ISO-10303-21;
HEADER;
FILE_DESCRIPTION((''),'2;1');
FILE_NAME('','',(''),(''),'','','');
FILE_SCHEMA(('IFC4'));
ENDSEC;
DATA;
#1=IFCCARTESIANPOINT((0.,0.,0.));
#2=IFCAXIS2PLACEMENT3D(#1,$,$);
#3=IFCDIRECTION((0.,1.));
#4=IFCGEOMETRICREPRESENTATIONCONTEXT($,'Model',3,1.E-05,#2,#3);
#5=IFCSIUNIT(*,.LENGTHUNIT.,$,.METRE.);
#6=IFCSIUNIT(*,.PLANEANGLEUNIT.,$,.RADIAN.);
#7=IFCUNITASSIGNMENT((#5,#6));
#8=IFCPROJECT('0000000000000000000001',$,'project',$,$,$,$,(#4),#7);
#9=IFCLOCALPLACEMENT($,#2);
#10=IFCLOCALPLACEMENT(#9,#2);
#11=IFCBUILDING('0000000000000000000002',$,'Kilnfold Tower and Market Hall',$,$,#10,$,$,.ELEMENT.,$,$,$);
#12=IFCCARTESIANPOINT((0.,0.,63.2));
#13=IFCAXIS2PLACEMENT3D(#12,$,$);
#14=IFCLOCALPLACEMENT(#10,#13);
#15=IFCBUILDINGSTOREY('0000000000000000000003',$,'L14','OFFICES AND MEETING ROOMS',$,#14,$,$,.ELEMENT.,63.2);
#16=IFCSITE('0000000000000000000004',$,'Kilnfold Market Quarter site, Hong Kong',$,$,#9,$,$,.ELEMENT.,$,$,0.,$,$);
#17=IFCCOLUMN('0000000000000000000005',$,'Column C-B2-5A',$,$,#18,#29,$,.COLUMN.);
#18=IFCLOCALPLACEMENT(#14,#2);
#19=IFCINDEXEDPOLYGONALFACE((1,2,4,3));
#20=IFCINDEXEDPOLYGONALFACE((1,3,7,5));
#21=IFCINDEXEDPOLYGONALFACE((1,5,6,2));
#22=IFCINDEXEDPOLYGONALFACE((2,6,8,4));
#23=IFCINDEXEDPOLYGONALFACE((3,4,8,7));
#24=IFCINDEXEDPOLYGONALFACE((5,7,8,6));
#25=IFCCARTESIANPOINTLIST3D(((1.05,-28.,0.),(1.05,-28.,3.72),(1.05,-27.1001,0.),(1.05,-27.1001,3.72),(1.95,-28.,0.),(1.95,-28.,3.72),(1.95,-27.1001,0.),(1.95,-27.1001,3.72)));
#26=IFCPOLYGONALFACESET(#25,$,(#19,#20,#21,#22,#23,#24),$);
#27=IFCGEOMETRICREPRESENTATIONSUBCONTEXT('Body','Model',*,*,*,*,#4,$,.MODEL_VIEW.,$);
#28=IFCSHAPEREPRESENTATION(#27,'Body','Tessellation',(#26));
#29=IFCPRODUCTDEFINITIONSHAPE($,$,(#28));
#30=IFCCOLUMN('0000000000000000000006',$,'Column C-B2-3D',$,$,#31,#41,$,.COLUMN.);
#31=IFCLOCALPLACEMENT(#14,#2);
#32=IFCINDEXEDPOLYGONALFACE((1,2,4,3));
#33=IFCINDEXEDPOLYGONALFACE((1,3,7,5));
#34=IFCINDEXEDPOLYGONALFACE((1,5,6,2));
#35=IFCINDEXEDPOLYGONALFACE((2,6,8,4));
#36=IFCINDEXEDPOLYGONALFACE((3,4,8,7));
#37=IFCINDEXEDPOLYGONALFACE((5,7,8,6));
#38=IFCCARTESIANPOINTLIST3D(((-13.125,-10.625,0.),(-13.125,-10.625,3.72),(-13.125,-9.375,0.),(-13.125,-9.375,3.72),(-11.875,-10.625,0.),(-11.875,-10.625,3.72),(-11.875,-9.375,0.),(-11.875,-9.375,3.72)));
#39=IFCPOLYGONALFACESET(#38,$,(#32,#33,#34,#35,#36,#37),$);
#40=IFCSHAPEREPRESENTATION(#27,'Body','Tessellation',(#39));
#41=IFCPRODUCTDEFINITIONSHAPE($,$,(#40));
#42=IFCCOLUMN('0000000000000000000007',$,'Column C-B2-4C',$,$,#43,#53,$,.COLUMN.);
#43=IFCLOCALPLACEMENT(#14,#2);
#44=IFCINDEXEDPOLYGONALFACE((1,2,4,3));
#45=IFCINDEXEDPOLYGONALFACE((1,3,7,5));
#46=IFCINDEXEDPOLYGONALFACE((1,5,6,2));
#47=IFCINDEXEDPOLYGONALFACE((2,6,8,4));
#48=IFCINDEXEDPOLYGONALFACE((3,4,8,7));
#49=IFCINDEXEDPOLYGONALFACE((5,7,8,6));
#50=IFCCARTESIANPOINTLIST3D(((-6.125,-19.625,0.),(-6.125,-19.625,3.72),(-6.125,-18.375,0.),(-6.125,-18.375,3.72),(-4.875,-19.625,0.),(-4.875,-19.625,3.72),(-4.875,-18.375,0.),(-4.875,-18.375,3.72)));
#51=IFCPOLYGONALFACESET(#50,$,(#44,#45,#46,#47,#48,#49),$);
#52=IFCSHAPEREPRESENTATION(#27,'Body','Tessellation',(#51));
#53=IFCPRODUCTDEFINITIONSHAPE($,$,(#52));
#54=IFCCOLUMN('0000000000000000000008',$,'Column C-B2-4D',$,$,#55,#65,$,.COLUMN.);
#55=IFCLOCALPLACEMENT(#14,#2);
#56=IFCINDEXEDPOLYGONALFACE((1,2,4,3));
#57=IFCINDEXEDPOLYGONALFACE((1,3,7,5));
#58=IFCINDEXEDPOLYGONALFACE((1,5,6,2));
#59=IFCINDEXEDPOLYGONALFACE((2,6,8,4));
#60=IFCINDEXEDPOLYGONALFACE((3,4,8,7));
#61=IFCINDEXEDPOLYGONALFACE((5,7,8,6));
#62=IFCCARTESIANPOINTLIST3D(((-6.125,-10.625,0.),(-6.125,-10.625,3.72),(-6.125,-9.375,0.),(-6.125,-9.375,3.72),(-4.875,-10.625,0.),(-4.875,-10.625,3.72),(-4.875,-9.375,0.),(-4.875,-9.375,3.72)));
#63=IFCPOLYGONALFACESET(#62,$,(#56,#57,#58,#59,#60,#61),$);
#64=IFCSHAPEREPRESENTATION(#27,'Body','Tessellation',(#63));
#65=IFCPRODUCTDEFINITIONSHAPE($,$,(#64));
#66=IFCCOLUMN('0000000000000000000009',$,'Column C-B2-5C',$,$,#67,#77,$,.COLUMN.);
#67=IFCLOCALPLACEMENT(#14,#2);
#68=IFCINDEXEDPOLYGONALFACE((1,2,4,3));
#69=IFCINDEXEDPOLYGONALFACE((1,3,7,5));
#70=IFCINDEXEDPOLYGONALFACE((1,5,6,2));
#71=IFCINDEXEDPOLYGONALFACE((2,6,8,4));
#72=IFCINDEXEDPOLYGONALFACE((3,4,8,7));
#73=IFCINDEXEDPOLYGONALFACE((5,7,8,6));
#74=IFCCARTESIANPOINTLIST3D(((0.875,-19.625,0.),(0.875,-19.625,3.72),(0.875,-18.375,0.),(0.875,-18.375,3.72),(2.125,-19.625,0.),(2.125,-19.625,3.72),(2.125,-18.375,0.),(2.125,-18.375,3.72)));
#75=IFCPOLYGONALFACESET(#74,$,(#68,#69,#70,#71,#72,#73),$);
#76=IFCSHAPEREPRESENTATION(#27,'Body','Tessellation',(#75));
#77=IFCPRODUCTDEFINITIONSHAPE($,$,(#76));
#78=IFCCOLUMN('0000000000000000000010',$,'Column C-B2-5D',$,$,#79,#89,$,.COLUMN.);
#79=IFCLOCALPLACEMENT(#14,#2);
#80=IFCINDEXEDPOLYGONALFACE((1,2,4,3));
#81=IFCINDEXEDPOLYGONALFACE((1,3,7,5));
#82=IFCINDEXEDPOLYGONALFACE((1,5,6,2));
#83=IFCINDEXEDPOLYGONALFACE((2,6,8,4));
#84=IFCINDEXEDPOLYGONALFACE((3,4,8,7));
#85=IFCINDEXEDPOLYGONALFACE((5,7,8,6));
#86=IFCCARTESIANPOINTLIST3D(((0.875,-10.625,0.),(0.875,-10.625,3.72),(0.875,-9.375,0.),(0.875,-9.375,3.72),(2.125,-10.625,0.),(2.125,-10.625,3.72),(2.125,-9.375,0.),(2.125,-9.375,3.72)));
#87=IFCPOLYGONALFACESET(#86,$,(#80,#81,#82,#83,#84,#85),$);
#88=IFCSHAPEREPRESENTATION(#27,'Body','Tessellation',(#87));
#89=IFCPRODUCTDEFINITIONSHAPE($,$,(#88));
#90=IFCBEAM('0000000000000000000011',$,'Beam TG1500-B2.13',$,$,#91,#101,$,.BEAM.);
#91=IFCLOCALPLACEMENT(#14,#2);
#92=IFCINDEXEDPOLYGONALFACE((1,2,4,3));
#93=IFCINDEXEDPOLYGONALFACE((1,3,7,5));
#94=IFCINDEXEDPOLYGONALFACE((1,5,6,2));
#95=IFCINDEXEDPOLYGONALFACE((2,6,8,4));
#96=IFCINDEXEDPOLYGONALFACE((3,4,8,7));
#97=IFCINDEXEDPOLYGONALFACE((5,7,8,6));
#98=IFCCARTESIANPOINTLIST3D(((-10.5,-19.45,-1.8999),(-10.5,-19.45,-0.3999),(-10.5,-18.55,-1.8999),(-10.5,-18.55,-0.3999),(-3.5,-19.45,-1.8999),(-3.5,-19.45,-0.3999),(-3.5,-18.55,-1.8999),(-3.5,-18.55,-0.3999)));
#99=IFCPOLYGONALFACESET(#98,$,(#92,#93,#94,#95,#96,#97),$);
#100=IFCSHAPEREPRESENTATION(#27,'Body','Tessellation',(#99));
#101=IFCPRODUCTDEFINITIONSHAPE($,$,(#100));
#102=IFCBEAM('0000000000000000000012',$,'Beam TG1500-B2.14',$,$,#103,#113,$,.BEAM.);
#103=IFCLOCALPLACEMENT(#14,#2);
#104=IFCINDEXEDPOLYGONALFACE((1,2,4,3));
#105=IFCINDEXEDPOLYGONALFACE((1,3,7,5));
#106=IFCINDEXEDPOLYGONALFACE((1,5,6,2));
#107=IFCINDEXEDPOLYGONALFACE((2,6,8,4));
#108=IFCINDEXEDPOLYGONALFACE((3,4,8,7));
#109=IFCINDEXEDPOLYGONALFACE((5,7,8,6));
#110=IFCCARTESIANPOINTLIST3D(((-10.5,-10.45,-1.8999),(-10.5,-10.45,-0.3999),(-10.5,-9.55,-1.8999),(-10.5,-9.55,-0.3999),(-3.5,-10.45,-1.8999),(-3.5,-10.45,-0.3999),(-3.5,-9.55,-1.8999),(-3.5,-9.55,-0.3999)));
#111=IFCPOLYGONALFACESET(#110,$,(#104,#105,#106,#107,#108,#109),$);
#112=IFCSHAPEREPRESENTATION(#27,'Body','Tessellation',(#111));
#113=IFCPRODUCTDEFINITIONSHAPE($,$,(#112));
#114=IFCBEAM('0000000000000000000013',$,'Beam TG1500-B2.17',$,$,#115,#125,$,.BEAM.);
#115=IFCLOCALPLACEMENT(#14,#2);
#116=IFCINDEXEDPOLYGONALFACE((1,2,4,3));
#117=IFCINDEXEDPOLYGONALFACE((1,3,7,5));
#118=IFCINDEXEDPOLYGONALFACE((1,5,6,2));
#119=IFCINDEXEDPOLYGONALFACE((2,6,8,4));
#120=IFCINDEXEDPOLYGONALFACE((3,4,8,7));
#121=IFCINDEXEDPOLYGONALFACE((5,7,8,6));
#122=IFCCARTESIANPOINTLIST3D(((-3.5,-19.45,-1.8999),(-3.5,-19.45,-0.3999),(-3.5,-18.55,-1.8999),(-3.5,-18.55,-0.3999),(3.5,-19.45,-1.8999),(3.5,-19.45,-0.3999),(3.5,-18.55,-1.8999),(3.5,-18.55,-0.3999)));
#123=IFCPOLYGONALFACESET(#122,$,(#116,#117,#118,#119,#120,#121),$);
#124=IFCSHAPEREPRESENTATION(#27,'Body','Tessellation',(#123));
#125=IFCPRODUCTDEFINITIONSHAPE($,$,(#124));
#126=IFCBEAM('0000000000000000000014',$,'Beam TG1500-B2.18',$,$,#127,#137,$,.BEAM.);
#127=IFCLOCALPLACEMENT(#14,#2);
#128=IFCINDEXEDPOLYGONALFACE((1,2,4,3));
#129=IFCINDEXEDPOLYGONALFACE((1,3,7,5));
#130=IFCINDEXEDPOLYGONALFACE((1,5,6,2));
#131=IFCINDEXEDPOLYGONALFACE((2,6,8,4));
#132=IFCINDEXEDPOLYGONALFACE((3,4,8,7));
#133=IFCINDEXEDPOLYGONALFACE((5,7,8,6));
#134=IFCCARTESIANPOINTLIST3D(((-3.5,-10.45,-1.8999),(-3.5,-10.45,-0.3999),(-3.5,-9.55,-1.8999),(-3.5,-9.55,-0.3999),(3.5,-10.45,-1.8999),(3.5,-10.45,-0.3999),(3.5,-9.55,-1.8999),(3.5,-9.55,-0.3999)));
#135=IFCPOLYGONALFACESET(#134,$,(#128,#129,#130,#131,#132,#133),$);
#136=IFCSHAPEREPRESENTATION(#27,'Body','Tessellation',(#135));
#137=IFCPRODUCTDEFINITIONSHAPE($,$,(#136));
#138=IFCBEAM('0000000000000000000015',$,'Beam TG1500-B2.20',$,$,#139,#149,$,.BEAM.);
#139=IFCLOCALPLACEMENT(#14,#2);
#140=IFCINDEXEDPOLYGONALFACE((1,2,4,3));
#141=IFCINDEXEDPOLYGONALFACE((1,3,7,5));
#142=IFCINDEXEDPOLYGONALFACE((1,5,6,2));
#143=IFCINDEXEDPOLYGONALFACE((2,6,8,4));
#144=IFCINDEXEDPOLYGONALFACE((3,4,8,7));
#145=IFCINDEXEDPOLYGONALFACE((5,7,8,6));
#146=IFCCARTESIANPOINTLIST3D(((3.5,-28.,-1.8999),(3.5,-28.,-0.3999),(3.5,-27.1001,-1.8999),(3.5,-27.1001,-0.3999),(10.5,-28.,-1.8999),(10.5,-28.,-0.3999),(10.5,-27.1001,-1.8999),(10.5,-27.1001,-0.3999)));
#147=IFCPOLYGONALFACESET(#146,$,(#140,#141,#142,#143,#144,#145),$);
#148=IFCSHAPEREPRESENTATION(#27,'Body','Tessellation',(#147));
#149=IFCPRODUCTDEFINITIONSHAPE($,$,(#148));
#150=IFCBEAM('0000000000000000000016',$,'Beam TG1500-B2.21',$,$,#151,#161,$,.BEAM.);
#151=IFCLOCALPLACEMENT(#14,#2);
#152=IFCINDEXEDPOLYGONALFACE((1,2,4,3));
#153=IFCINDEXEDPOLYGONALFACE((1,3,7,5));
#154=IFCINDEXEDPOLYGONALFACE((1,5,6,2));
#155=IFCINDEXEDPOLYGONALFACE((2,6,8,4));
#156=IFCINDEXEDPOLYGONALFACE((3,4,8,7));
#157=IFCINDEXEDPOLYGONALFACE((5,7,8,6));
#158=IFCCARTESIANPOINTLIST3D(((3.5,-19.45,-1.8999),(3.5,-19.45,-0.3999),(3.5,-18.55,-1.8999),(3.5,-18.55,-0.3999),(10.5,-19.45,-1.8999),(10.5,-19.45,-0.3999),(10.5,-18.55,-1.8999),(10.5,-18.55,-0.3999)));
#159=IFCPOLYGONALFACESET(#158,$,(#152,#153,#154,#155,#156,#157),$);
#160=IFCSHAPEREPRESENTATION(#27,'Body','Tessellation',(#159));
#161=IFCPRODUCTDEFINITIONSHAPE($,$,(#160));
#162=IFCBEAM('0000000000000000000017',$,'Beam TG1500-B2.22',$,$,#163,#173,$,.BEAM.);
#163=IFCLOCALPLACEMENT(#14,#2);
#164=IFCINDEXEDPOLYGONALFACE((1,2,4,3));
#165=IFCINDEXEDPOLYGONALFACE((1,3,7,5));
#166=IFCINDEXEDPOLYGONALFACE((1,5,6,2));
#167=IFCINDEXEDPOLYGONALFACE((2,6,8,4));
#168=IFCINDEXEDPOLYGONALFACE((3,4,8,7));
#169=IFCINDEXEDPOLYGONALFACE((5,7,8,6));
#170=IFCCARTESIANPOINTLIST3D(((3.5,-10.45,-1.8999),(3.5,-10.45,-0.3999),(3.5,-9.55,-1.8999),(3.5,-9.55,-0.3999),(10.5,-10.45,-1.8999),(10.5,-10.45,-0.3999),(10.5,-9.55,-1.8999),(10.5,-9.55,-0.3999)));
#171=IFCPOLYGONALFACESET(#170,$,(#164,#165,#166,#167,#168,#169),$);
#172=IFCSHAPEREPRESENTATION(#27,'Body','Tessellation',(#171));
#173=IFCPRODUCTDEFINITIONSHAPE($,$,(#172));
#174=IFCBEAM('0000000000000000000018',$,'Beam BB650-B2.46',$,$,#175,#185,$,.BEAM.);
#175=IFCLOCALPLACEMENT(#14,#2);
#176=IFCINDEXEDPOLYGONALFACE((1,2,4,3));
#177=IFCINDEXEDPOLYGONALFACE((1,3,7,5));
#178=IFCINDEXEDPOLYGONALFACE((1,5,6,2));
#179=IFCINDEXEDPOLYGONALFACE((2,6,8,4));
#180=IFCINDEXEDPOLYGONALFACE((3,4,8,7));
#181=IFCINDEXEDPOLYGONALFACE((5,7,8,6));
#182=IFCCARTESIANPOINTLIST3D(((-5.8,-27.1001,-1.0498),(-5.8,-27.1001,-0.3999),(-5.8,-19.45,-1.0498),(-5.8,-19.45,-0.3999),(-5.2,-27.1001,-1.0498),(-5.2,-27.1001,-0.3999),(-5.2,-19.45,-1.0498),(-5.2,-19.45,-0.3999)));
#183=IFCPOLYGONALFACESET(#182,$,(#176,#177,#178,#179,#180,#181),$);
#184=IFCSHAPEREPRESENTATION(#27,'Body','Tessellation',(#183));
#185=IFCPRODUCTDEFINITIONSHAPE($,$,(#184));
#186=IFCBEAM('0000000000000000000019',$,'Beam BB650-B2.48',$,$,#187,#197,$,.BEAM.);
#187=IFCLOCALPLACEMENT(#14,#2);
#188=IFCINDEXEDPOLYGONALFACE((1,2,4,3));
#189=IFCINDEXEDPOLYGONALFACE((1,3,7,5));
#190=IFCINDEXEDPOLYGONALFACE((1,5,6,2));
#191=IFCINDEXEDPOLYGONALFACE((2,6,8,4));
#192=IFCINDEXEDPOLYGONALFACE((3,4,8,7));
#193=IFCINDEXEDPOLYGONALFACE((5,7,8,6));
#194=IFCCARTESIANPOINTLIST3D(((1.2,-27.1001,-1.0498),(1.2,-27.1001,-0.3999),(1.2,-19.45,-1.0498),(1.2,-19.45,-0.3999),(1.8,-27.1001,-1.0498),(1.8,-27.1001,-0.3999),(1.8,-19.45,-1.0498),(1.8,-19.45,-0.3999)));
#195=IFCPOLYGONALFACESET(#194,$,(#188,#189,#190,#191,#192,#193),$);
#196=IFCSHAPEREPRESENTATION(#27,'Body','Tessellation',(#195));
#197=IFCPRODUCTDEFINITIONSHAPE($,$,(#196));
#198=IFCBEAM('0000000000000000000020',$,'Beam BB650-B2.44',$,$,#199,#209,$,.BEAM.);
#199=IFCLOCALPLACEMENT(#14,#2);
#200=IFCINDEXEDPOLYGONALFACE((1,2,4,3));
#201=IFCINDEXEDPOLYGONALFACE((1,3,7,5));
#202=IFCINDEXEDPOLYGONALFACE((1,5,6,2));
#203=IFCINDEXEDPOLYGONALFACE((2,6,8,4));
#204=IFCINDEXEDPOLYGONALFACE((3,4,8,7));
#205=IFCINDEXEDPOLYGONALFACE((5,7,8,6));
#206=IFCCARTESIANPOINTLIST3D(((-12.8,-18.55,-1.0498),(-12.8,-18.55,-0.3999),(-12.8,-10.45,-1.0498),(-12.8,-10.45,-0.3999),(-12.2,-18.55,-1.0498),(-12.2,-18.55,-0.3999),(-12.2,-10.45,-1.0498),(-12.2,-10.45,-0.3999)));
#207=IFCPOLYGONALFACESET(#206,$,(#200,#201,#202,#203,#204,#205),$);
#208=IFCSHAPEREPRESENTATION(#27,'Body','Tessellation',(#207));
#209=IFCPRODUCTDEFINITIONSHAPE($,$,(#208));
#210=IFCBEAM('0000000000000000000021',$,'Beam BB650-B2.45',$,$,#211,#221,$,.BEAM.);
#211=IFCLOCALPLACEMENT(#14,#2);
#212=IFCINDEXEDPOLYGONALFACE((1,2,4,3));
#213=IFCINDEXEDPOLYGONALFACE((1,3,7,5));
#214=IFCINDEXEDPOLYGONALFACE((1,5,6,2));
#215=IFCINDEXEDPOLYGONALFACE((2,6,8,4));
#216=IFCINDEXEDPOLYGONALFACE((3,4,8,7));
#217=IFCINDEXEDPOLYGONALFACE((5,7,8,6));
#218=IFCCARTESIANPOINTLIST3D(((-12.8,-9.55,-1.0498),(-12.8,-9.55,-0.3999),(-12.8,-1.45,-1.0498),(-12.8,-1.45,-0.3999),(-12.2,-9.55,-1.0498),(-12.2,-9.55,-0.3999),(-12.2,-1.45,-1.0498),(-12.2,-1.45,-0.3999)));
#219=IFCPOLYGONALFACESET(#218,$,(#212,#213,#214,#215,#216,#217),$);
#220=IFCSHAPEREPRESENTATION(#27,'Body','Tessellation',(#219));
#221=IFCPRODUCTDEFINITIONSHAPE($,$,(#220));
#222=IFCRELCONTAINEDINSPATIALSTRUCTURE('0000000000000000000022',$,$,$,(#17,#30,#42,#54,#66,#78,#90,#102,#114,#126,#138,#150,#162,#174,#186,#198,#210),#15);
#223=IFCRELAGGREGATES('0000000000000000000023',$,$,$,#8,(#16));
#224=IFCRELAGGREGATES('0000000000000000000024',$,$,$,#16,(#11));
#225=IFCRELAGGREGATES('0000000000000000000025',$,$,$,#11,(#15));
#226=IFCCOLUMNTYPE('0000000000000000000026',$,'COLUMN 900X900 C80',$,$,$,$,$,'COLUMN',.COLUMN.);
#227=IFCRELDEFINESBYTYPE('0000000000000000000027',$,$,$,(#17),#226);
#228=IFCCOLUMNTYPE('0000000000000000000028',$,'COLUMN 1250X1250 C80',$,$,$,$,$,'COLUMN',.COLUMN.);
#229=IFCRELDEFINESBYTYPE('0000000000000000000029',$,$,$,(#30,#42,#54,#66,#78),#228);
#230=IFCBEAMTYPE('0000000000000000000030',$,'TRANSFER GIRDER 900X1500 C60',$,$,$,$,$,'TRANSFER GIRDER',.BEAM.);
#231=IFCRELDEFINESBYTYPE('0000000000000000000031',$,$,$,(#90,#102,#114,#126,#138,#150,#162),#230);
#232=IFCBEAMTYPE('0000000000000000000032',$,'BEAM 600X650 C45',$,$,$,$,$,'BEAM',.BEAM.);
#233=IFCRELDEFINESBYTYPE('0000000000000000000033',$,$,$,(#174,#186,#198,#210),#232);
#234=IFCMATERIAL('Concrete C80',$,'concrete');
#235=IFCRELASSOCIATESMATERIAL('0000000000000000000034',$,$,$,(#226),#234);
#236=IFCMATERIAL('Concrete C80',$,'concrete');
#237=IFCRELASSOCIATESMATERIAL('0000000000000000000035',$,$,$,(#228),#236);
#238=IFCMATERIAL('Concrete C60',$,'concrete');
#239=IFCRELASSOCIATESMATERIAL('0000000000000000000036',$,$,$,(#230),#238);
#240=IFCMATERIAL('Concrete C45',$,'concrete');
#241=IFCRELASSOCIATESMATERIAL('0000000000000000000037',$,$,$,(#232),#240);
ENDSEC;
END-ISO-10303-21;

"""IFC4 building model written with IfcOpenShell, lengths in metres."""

from ifc_helpers import new_model, si_unit, direction, frame, origin, origin_2d, place, context, subcontext, project, spatial, rectangle, extrude, source, transform, mapped, material, material_profile, profile_set, type_object, element, save


model = new_model("IFC4")

# Units and contexts
model_context = context("Model", 3, precision=1e-05, world=origin(), true_north=direction((0.0, 1.0)))
body_context = subcontext(model_context, "Body", "Model", "MODEL_VIEW")
ifc_project = project(units=[si_unit("LENGTHUNIT", "METRE"), si_unit("PLANEANGLEUNIT", "RADIAN")], contexts=[model_context])

# Site, building, storey
site_placement = place(None, origin())
site = spatial("IfcSite", under=ifc_project, at=site_placement, Name="Kilnfold Market Quarter site, Hong Kong", CompositionType="ELEMENT", RefElevation=0.0)
building_placement = place(site_placement, origin())
building = spatial("IfcBuilding", under=site, at=building_placement, Name="Kilnfold Tower and Market Hall", CompositionType="ELEMENT")
storey_placement = place(building_placement, frame((0.0, 0.0, 63.2)))
storey = spatial("IfcBuildingStorey", under=building, at=storey_placement, Name="L14", Description="OFFICES AND MEETING ROOMS", CompositionType="ELEMENT", Elevation=63.2)

# Columns
ifc_material_1 = material(Name="Concrete C80", Category="concrete")
ifc_material_profile_1 = material_profile(ifc_material_1, rectangle(XDim=0.8999, YDim=0.8999, at=origin_2d()), Name="RC 900x900")
ifc_profile_set_1 = profile_set([ifc_material_profile_1], Name="Concrete C80")
column_type_1 = type_object("IfcColumnType", Name="COLUMN 900X900 C80", ElementType="COLUMN", PredefinedType="COLUMN", material=ifc_profile_set_1)
shared_shape_1 = source(origin(), body_context, "Body", "SweptSolid", [
    extrude(rectangle(XDim=0.8999, YDim=0.8999, at=origin_2d()), origin(), (0.0, 0.0, 1.0), 3.72),
])
column_placement = place(storey_placement, frame((1.5, -27.55, 0.0), z_axis=(0.0, 0.0, 1.0), x_axis=(1.0, 0.0, 0.0)))
element("IfcColumn", 1, at=column_placement, inside=storey, type_object=column_type_1, Name="Column C-B2-5A", PredefinedType="COLUMN", context=body_context, shape_type="MappedRepresentation", body=[
    mapped(shared_shape_1, transform((0.0, 0.0, 0.0))),
])
ifc_material_2 = material(Name="Concrete C80", Category="concrete")
ifc_material_profile_2 = material_profile(ifc_material_2, rectangle(XDim=1.25, YDim=1.25, at=origin_2d()), Name="RC 1250x1250")
ifc_profile_set_2 = profile_set([ifc_material_profile_2], Name="Concrete C80")
column_type_2 = type_object("IfcColumnType", Name="COLUMN 1250X1250 C80", ElementType="COLUMN", PredefinedType="COLUMN", material=ifc_profile_set_2)
shared_shape_2 = source(origin(), body_context, "Body", "SweptSolid", [
    extrude(rectangle(XDim=1.25, YDim=1.25, at=origin_2d()), origin(), (0.0, 0.0, 1.0), 3.72),
])
for number, where, z_axis, x_axis, name in (
    (2, (-12.5, -10.0, 0.0), (0.0, 0.0, 1.0), (1.0, 0.0, 0.0), "Column C-B2-3D"),
    (3, (-5.5, -19.0, 0.0), (0.0, 0.0, 1.0), (1.0, 0.0, 0.0), "Column C-B2-4C"),
    (4, (-5.5, -10.0, 0.0), (0.0, 0.0, 1.0), (1.0, 0.0, 0.0), "Column C-B2-4D"),
    (5, (1.5, -19.0, 0.0), (0.0, 0.0, 1.0), (1.0, 0.0, 0.0), "Column C-B2-5C"),
    (6, (1.5, -10.0, 0.0), (0.0, 0.0, 1.0), (1.0, 0.0, 0.0), "Column C-B2-5D"),
):
    element("IfcColumn", number, at=place(storey_placement, frame(where, z_axis=z_axis, x_axis=x_axis)), inside=storey, type_object=column_type_2, Name=name, PredefinedType="COLUMN", context=body_context, shape_type="MappedRepresentation", body=[
        mapped(shared_shape_2, transform((0.0, 0.0, 0.0))),
    ])

# Beams
ifc_material_3 = material(Name="Concrete C60", Category="concrete")
ifc_material_profile_3 = material_profile(ifc_material_3, rectangle(XDim=0.8999, YDim=1.5, at=origin_2d()), Name="RC 900x1500")
ifc_profile_set_3 = profile_set([ifc_material_profile_3], Name="Concrete C60")
beam_type_1 = type_object("IfcBeamType", Name="TRANSFER GIRDER 900X1500 C60", ElementType="TRANSFER GIRDER", PredefinedType="BEAM", material=ifc_profile_set_3)
shared_shape_3 = source(origin(), body_context, "Body", "SweptSolid", [
    extrude(rectangle(XDim=0.8999, YDim=1.5, at=origin_2d()), origin(), (0.0, 0.0, 1.0), 7.0),
])
for number, where, z_axis, x_axis, name in (
    (7, (-10.5, -19.0, -1.1499), (1.0, 0.0, 0.0), (0.0, 1.0, 0.0), "Beam TG1500-B2.13"),
    (8, (-10.5, -10.0, -1.1499), (1.0, 0.0, 0.0), (0.0, 1.0, 0.0), "Beam TG1500-B2.14"),
    (9, (-3.5, -19.0, -1.1499), (1.0, 0.0, 0.0), (0.0, 1.0, 0.0), "Beam TG1500-B2.17"),
    (10, (-3.5, -10.0, -1.1499), (1.0, 0.0, 0.0), (0.0, 1.0, 0.0), "Beam TG1500-B2.18"),
    (11, (3.5, -27.55, -1.1499), (1.0, 0.0, 0.0), (0.0, 1.0, 0.0), "Beam TG1500-B2.20"),
    (12, (3.5, -19.0, -1.1499), (1.0, 0.0, 0.0), (0.0, 1.0, 0.0), "Beam TG1500-B2.21"),
    (13, (3.5, -10.0, -1.1499), (1.0, 0.0, 0.0), (0.0, 1.0, 0.0), "Beam TG1500-B2.22"),
):
    element("IfcBeam", number, at=place(storey_placement, frame(where, z_axis=z_axis, x_axis=x_axis)), inside=storey, type_object=beam_type_1, Name=name, PredefinedType="BEAM", context=body_context, shape_type="MappedRepresentation", body=[
        mapped(shared_shape_3, transform((0.0, 0.0, 0.0))),
    ])
ifc_material_4 = material(Name="Concrete C45", Category="concrete")
ifc_material_profile_4 = material_profile(ifc_material_4, rectangle(XDim=0.6001, YDim=0.6499, at=origin_2d()), Name="RC 600x650")
ifc_profile_set_4 = profile_set([ifc_material_profile_4], Name="Concrete C45")
beam_type_2 = type_object("IfcBeamType", Name="BEAM 600X650 C45", ElementType="BEAM", PredefinedType="BEAM", material=ifc_profile_set_4)
shared_shape_4 = source(origin(), body_context, "Body", "SweptSolid", [
    extrude(rectangle(XDim=0.6001, YDim=0.6499, at=origin_2d()), origin(), (0.0, 0.0, 1.0), 7.6501),
])
for number, where, z_axis, x_axis, name in (
    (14, (-5.5, -27.1001, -0.7249), (0.0, 1.0, 0.0), (-1.0, 0.0, 0.0), "Beam BB650-B2.46"),
    (15, (1.5, -27.1001, -0.7249), (0.0, 1.0, 0.0), (-1.0, 0.0, 0.0), "Beam BB650-B2.48"),
):
    element("IfcBeam", number, at=place(storey_placement, frame(where, z_axis=z_axis, x_axis=x_axis)), inside=storey, type_object=beam_type_2, Name=name, PredefinedType="BEAM", context=body_context, shape_type="MappedRepresentation", body=[
        mapped(shared_shape_4, transform((0.0, 0.0, 0.0))),
    ])
shared_shape_5 = source(origin(), body_context, "Body", "SweptSolid", [
    extrude(rectangle(XDim=0.6001, YDim=0.6499, at=origin_2d()), origin(), (0.0, 0.0, 1.0), 8.1001),
])
for number, where, z_axis, x_axis, name in (
    (16, (-12.5, -18.55, -0.7249), (0.0, 1.0, 0.0), (-1.0, 0.0, 0.0), "Beam BB650-B2.44"),
    (17, (-12.5, -9.55, -0.7249), (0.0, 1.0, 0.0), (-1.0, 0.0, 0.0), "Beam BB650-B2.45"),
):
    element("IfcBeam", number, at=place(storey_placement, frame(where, z_axis=z_axis, x_axis=x_axis)), inside=storey, type_object=beam_type_2, Name=name, PredefinedType="BEAM", context=body_context, shape_type="MappedRepresentation", body=[
        mapped(shared_shape_5, transform((0.0, 0.0, 0.0))),
    ])

save(model, "model.ifc")
